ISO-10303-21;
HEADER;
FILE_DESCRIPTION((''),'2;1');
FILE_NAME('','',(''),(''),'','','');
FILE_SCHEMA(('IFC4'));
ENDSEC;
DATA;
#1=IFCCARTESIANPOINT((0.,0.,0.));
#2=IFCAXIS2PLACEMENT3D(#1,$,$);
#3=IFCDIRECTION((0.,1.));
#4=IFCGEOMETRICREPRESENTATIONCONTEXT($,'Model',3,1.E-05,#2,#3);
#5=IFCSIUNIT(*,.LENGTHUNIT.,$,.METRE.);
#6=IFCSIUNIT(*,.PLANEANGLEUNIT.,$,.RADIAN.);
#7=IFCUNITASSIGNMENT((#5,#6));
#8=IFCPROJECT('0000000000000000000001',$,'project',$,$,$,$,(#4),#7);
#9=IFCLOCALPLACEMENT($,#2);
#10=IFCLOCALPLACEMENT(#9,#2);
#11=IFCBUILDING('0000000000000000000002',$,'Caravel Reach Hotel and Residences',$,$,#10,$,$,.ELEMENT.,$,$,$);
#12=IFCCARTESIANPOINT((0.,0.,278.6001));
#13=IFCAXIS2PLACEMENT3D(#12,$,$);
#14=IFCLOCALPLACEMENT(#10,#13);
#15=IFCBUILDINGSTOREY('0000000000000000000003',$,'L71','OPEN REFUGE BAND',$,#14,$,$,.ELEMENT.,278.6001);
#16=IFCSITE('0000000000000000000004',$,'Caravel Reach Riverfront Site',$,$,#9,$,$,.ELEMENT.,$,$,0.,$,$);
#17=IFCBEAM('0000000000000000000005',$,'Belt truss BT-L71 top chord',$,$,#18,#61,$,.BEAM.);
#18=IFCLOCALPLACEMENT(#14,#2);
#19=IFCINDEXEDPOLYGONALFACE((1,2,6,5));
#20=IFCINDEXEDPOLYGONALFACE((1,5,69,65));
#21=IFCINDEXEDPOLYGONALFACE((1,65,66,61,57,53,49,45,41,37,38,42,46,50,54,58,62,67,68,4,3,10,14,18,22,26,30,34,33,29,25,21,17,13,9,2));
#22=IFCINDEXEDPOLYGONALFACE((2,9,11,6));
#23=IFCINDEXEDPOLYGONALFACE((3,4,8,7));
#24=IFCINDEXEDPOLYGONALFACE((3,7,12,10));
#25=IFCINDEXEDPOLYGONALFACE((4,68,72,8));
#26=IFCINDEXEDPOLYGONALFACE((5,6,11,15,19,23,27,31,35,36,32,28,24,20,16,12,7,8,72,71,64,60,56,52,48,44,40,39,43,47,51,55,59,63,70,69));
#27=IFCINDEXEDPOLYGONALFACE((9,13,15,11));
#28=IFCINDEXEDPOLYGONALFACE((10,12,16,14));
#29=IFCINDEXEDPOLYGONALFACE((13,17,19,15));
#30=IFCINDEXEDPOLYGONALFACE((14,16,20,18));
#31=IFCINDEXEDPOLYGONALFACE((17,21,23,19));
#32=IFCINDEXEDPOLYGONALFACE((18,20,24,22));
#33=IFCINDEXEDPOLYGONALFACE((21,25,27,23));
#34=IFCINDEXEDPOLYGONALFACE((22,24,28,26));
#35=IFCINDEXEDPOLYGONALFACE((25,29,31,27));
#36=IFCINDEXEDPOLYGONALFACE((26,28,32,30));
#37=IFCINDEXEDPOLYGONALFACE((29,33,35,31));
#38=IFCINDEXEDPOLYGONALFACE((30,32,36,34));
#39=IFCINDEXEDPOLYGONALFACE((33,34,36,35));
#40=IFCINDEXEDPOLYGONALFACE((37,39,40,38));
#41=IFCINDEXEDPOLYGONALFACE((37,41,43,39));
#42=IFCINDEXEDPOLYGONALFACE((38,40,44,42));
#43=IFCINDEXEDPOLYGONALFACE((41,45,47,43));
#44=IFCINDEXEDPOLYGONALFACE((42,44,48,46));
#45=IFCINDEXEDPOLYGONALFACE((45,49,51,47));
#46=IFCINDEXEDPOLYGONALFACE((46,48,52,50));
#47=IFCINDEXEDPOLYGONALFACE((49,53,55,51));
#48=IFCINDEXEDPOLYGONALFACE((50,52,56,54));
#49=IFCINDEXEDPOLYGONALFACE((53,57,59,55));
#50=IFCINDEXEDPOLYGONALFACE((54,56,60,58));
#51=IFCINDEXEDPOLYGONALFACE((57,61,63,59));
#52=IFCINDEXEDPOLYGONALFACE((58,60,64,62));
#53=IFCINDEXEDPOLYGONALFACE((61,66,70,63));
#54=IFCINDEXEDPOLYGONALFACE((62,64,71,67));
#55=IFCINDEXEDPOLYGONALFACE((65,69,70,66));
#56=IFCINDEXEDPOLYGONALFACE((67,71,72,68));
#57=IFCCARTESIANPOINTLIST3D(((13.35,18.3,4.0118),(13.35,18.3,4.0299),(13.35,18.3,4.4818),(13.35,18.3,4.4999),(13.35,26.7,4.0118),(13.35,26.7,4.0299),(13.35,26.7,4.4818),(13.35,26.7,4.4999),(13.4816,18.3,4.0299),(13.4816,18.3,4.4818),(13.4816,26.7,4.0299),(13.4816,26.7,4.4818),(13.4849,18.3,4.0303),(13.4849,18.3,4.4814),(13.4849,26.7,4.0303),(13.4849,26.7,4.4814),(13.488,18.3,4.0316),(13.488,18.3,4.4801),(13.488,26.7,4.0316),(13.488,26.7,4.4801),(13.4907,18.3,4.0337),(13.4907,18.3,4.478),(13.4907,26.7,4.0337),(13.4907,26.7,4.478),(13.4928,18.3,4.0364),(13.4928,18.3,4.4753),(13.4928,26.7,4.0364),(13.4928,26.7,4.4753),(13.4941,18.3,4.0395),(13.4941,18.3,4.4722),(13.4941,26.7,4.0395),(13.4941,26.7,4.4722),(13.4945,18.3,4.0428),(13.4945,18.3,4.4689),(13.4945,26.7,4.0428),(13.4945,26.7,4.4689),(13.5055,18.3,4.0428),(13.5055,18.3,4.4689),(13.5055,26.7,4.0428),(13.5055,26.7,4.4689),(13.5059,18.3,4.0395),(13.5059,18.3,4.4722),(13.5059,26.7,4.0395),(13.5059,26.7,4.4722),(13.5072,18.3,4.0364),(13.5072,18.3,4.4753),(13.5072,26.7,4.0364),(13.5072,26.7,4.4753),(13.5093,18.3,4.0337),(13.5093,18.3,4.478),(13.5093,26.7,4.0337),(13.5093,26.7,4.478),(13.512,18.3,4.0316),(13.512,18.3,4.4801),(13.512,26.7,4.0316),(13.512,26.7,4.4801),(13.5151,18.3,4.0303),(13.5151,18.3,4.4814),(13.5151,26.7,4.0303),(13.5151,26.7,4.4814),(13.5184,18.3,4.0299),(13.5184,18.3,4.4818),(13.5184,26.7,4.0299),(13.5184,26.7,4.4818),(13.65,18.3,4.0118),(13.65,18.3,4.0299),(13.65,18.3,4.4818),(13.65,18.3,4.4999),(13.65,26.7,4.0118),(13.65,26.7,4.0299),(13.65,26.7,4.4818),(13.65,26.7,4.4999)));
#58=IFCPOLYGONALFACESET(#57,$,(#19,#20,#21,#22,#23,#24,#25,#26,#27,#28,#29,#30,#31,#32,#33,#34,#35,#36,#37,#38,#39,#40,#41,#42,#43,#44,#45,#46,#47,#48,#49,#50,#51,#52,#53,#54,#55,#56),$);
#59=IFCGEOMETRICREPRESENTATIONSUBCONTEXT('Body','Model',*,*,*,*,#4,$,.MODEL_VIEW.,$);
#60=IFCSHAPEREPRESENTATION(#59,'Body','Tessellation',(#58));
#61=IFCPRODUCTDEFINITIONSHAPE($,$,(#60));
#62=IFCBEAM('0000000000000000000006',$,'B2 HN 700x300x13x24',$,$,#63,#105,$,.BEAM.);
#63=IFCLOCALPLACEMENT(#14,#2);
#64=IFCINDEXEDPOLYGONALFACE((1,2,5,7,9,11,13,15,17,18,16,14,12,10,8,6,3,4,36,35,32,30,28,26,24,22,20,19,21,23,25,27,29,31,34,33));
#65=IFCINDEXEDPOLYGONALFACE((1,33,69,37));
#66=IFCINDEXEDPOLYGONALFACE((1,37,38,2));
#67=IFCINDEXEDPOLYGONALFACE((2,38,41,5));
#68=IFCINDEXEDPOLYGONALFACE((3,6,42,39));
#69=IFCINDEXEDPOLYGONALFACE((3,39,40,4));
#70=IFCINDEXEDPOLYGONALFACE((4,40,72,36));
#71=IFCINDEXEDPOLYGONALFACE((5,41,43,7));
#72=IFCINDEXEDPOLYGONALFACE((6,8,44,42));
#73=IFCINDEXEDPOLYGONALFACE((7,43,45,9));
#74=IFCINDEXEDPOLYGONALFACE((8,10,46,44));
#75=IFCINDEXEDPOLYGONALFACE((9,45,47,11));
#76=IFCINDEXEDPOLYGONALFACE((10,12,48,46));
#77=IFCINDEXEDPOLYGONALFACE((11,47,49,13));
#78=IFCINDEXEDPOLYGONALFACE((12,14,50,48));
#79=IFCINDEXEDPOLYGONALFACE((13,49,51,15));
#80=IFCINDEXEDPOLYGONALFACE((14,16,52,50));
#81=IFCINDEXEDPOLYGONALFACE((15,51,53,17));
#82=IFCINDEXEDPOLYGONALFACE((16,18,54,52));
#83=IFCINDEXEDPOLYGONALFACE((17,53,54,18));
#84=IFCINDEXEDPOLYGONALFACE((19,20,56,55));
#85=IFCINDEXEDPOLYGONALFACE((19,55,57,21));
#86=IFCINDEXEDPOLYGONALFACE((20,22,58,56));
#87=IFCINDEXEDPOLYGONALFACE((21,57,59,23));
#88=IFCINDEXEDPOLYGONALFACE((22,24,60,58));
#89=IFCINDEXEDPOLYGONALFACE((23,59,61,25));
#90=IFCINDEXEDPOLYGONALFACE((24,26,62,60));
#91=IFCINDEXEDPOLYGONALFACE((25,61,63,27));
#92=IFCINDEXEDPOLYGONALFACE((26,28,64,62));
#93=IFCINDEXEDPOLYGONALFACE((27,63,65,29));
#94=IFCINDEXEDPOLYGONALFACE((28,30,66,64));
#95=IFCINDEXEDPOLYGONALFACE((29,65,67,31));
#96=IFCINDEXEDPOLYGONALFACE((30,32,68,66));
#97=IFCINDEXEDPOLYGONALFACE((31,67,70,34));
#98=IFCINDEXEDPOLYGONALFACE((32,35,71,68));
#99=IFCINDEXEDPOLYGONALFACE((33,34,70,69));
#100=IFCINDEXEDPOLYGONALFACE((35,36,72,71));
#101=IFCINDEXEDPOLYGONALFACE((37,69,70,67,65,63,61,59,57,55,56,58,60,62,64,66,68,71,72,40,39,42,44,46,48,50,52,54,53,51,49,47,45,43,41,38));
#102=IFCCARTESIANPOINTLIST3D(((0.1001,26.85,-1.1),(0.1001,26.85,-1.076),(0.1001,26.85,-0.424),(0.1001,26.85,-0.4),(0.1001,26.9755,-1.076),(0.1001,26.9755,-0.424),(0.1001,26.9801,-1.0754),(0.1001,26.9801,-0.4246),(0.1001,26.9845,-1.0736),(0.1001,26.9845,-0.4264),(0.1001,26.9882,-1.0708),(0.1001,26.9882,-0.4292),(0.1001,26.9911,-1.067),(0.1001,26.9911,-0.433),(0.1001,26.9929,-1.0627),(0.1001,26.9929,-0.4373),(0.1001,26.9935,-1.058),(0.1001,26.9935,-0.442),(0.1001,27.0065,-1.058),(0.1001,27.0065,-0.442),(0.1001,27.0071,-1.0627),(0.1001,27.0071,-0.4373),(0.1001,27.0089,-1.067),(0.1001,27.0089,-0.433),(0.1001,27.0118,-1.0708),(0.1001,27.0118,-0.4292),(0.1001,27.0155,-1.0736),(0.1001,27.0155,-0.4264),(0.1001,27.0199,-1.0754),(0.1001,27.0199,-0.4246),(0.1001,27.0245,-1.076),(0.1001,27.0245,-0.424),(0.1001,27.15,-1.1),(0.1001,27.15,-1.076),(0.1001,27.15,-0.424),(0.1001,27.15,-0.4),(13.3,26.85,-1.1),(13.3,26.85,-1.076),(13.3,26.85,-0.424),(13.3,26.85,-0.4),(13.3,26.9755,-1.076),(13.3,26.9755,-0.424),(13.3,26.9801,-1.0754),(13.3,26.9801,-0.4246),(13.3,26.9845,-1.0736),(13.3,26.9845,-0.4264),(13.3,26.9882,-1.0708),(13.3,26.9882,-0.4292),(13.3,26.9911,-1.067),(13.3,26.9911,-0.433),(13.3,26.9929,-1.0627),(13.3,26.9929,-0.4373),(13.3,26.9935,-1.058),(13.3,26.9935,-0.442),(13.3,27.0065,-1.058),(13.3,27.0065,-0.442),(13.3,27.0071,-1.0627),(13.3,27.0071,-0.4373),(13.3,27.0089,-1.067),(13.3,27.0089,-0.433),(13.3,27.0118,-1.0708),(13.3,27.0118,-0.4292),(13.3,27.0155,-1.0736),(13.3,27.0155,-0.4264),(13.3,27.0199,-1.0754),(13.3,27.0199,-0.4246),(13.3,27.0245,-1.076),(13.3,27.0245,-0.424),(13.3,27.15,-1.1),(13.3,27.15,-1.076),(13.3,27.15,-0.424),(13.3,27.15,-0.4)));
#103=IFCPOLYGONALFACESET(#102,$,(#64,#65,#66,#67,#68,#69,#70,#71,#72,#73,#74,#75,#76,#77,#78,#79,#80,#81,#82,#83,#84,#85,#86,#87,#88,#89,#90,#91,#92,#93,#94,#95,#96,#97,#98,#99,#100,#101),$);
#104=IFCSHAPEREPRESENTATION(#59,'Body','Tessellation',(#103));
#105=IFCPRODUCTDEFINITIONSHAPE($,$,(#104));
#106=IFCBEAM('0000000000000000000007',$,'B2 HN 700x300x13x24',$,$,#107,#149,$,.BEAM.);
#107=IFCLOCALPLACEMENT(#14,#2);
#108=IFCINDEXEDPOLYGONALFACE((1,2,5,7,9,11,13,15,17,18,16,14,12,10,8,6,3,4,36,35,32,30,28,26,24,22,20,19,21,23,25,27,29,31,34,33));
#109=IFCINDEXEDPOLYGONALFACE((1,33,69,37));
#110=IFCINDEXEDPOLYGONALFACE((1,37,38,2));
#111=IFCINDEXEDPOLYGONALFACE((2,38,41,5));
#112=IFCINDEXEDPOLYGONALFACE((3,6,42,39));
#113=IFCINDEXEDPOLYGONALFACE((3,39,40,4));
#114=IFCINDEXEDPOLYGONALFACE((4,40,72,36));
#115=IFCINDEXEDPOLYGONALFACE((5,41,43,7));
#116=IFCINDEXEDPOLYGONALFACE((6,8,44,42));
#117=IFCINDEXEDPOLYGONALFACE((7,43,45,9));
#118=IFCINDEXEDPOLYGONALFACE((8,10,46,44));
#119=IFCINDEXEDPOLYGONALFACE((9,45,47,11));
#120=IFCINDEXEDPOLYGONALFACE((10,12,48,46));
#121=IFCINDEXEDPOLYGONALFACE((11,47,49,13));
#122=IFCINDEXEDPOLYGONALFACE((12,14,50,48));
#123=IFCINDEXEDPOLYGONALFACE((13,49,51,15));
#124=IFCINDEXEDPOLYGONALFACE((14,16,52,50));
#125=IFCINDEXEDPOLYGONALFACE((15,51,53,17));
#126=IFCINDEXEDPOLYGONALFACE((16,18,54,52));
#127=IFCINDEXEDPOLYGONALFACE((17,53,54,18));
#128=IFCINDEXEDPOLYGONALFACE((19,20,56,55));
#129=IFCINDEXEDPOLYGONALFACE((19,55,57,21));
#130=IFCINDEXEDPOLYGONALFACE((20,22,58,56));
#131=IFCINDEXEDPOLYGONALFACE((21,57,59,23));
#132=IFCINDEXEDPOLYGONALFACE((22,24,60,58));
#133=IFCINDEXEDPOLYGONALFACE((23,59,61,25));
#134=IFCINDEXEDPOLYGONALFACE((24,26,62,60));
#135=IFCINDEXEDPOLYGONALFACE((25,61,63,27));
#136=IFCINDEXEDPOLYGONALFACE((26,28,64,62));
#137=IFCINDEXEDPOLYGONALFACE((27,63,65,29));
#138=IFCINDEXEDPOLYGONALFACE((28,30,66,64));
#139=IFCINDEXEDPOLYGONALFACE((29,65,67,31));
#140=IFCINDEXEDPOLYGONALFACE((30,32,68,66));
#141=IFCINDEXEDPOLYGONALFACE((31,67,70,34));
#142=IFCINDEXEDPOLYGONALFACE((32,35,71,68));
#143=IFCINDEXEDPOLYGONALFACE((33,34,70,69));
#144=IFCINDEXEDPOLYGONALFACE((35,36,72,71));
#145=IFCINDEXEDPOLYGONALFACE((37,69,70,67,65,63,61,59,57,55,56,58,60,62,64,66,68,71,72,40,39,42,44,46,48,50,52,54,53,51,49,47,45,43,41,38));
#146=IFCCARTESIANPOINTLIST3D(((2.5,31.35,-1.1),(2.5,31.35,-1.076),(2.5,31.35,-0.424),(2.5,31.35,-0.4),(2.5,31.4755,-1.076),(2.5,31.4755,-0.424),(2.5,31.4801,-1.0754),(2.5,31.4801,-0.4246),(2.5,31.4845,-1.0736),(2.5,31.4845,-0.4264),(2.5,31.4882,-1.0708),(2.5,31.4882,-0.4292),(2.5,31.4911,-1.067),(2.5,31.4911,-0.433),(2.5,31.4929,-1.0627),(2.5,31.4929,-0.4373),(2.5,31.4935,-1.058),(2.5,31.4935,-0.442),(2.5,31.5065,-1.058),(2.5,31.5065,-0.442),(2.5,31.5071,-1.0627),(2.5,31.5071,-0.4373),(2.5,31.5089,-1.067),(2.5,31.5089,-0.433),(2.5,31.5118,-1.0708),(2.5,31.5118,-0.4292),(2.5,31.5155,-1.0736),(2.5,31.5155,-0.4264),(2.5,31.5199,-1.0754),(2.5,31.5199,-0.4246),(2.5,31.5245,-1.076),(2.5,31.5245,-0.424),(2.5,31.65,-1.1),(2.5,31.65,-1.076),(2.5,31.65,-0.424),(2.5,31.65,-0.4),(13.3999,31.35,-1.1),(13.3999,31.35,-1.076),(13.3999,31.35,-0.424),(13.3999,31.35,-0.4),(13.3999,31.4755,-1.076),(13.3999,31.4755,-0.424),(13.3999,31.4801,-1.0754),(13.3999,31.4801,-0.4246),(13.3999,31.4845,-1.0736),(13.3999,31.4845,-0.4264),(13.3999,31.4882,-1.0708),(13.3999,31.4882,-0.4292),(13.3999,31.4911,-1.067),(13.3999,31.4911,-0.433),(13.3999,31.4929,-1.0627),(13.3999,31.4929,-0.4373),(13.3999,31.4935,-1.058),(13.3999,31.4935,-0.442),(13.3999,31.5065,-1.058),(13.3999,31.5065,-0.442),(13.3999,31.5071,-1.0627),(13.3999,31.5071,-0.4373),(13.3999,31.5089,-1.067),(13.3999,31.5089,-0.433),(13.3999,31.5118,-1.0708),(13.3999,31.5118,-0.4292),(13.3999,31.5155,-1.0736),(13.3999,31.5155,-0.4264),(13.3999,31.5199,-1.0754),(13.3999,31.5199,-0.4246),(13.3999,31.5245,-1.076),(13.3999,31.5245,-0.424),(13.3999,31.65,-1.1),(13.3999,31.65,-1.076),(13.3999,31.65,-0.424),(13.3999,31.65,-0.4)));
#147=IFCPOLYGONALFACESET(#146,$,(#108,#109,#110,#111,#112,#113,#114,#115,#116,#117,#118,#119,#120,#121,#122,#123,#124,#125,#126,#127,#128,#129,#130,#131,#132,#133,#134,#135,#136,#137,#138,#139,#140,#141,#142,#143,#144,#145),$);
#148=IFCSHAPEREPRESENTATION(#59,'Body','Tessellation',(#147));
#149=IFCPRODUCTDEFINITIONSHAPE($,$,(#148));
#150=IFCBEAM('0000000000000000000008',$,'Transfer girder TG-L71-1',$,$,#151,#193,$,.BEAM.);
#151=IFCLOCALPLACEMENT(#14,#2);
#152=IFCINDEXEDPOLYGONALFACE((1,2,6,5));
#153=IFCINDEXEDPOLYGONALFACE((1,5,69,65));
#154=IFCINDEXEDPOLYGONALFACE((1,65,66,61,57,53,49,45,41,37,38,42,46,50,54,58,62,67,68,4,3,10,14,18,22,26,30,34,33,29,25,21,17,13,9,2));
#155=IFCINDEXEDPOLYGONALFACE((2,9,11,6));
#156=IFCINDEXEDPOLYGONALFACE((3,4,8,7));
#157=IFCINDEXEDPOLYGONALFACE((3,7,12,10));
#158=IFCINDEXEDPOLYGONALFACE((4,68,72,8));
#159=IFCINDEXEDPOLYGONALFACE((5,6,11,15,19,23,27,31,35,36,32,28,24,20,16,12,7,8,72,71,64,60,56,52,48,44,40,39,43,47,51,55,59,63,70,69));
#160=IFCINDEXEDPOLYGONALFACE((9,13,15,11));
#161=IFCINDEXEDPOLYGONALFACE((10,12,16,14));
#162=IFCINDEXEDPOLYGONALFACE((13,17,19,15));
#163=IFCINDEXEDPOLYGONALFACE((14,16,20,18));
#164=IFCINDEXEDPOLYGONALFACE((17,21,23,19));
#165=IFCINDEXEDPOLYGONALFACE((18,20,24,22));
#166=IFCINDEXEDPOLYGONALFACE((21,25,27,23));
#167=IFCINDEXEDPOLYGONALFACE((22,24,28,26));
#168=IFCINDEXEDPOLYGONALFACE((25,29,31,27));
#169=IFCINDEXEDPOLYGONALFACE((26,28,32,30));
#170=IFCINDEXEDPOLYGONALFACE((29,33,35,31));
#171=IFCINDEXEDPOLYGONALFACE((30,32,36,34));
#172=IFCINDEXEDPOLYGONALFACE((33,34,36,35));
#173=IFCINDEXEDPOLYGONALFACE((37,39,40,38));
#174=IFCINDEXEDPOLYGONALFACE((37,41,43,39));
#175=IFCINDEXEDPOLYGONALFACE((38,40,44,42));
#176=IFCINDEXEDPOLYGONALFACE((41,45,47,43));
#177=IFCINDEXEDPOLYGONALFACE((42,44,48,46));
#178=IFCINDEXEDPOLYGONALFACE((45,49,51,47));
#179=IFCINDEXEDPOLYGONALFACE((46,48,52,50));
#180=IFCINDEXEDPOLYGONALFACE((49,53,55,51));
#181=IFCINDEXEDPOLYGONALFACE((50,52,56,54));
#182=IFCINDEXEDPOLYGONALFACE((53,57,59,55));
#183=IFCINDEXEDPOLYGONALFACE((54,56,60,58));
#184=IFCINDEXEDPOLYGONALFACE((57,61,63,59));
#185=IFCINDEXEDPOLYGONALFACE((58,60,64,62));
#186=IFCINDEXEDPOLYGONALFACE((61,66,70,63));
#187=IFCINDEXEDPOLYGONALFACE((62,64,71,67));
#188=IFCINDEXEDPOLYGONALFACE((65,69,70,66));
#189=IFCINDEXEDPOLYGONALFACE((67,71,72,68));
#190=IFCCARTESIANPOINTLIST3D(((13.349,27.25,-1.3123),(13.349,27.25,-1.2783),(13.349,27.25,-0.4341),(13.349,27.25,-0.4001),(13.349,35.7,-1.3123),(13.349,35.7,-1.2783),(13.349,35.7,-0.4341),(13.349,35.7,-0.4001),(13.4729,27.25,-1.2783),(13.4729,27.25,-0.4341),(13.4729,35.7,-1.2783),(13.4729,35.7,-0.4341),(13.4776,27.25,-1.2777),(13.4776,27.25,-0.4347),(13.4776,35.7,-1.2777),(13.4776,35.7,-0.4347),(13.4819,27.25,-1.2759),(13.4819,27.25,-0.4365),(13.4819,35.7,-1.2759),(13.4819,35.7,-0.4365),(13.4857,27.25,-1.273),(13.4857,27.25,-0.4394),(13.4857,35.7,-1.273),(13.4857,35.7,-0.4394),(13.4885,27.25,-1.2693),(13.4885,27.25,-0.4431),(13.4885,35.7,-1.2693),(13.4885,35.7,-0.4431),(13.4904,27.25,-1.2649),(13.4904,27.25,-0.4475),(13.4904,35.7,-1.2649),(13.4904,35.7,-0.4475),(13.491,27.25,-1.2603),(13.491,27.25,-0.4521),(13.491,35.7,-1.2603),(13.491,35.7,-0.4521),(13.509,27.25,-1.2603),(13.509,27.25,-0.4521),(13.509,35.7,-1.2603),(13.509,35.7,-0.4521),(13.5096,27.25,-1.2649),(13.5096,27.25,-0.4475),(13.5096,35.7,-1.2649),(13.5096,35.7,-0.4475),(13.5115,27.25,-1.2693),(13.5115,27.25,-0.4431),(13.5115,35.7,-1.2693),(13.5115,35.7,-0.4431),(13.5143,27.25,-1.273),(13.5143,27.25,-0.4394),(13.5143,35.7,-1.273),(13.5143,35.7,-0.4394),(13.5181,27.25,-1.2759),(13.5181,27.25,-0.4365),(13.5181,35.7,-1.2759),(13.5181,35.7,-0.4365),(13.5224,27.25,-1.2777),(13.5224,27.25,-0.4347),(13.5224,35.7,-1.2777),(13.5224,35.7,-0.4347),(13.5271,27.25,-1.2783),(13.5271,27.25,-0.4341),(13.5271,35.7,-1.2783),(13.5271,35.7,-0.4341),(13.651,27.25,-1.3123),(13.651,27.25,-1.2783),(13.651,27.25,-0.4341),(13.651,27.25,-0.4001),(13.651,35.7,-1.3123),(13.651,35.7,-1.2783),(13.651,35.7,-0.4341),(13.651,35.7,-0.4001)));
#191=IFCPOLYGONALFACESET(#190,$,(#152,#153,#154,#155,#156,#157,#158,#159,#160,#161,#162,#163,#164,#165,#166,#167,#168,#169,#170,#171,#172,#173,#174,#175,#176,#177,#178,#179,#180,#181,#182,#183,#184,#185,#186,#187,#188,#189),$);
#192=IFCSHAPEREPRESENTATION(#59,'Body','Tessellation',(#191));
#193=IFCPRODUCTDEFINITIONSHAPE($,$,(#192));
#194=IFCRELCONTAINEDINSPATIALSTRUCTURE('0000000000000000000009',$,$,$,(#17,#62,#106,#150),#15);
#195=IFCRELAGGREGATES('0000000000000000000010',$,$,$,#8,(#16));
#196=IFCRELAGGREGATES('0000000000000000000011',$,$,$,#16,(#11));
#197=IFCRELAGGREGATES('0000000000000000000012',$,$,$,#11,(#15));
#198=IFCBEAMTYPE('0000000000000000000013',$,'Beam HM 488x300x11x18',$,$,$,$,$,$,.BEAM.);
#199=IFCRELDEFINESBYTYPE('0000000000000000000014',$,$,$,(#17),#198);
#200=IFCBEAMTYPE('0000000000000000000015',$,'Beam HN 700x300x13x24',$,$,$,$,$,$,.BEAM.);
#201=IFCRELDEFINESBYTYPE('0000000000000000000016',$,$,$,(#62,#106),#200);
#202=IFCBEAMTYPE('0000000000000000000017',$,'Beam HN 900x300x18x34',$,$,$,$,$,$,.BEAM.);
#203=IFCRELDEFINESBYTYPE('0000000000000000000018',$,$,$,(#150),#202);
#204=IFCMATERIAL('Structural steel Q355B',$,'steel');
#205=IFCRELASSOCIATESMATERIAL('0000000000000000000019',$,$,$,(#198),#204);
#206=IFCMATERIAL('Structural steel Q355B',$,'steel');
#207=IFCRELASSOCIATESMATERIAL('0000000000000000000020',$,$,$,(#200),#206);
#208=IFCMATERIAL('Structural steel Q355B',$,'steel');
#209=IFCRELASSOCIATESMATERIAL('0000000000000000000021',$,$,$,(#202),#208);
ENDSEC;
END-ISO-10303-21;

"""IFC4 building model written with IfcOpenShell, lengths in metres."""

from ifc_helpers import new_model, si_unit, direction, frame, origin, origin_2d, place, context, subcontext, project, spatial, i_section, extrude, material, material_profile, profile_set, type_object, element, save


model = new_model("IFC4")

# Units and contexts
model_context = context("Model", 3, precision=1e-05, world=origin(), true_north=direction((0.0, 1.0)))
body_context = subcontext(model_context, "Body", "Model", "MODEL_VIEW")
ifc_project = project(units=[si_unit("LENGTHUNIT", "METRE"), si_unit("PLANEANGLEUNIT", "RADIAN")], contexts=[model_context])

# Site, building, storey
site_placement = place(None, origin())
site = spatial("IfcSite", under=ifc_project, at=site_placement, Name="Caravel Reach Riverfront Site", CompositionType="ELEMENT", RefElevation=0.0)
building_placement = place(site_placement, origin())
building = spatial("IfcBuilding", under=site, at=building_placement, Name="Caravel Reach Hotel and Residences", CompositionType="ELEMENT")
storey_placement = place(building_placement, frame((0.0, 0.0, 278.6001)))
storey = spatial("IfcBuildingStorey", under=building, at=storey_placement, Name="L71", Description="OPEN REFUGE BAND", CompositionType="ELEMENT", Elevation=278.6001)

# Beams
ifc_material_1 = material(Name="Structural steel Q355B", Category="steel")
ifc_material_profile_1 = material_profile(ifc_material_1, i_section(OverallWidth=0.3, OverallDepth=0.488, WebThickness=0.011, FlangeThickness=0.0181, FilletRadius=0.0129, at=origin_2d()), Name="HM 488x300x11x18")
ifc_profile_set_1 = profile_set([ifc_material_profile_1], Name="Structural steel Q355B")
beam_type_1 = type_object("IfcBeamType", Name="Beam HM 488x300x11x18", PredefinedType="BEAM", material=ifc_profile_set_1)
for number, where, z_axis, x_axis, name in (
    (1, (13.5, 26.7, 4.2559), (0.0, -1.0, 0.0), (1.0, 0.0, 0.0), "Belt truss BT-L71 top chord"),
):
    element("IfcBeam", number, at=place(storey_placement, frame(where, z_axis=z_axis, x_axis=x_axis)), inside=storey, type_object=beam_type_1, Name=name, PredefinedType="BEAM", context=body_context, shape_type="SweptSolid", body=[
        extrude(i_section(OverallWidth=0.3, OverallDepth=0.488, WebThickness=0.011, FlangeThickness=0.0181, FilletRadius=0.0129, at=origin_2d()), origin(), (0.0, 0.0, 1.0), 8.3999),
    ])
ifc_material_2 = material(Name="Structural steel Q355B", Category="steel")
ifc_material_profile_2 = material_profile(ifc_material_2, i_section(OverallWidth=0.3, OverallDepth=0.7, WebThickness=0.0129, FlangeThickness=0.0239, FilletRadius=0.0181, at=origin_2d()), Name="HN 700x300x13x24")
ifc_profile_set_2 = profile_set([ifc_material_profile_2], Name="Structural steel Q355B")
beam_type_2 = type_object("IfcBeamType", Name="Beam HN 700x300x13x24", PredefinedType="BEAM", material=ifc_profile_set_2)
beam_1_placement = place(storey_placement, frame((13.3, 27.0, -0.75), z_axis=(-1.0, 0.0, 0.0), x_axis=(0.0, -1.0, 0.0)))
element("IfcBeam", 2, at=beam_1_placement, inside=storey, type_object=beam_type_2, Name="B2 HN 700x300x13x24", PredefinedType="BEAM", context=body_context, shape_type="SweptSolid", body=[
    extrude(i_section(OverallWidth=0.3, OverallDepth=0.7, WebThickness=0.0129, FlangeThickness=0.0239, FilletRadius=0.0181, at=origin_2d()), origin(), (0.0, 0.0, 1.0), 13.2),
])
beam_2_placement = place(storey_placement, frame((13.3999, 31.5, -0.75), z_axis=(-1.0, 0.0, 0.0), x_axis=(0.0, -1.0, 0.0)))
element("IfcBeam", 3, at=beam_2_placement, inside=storey, type_object=beam_type_2, Name="B2 HN 700x300x13x24", PredefinedType="BEAM", context=body_context, shape_type="SweptSolid", body=[
    extrude(i_section(OverallWidth=0.3, OverallDepth=0.7, WebThickness=0.0129, FlangeThickness=0.0239, FilletRadius=0.0181, at=origin_2d()), origin(), (0.0, 0.0, 1.0), 10.8999),
])
ifc_material_3 = material(Name="Structural steel Q355B", Category="steel")
ifc_material_profile_3 = material_profile(ifc_material_3, i_section(OverallWidth=0.302, OverallDepth=0.9121, WebThickness=0.0181, FlangeThickness=0.0339, FilletRadius=0.0181, at=origin_2d()), Name="HN 900x300x18x34")
ifc_profile_set_3 = profile_set([ifc_material_profile_3], Name="Structural steel Q355B")
beam_type_3 = type_object("IfcBeamType", Name="Beam HN 900x300x18x34", PredefinedType="BEAM", material=ifc_profile_set_3)
for number, where, z_axis, x_axis, name in (
    (4, (13.5, 35.7, -0.8562), (0.0, -1.0, 0.0), (1.0, 0.0, 0.0), "Transfer girder TG-L71-1"),
):
    element("IfcBeam", number, at=place(storey_placement, frame(where, z_axis=z_axis, x_axis=x_axis)), inside=storey, type_object=beam_type_3, Name=name, PredefinedType="BEAM", context=body_context, shape_type="SweptSolid", body=[
        extrude(i_section(OverallWidth=0.302, OverallDepth=0.9121, WebThickness=0.0181, FlangeThickness=0.0339, FilletRadius=0.0181, at=origin_2d()), origin(), (0.0, 0.0, 1.0), 8.45),
    ])

save(model, "model.ifc")
